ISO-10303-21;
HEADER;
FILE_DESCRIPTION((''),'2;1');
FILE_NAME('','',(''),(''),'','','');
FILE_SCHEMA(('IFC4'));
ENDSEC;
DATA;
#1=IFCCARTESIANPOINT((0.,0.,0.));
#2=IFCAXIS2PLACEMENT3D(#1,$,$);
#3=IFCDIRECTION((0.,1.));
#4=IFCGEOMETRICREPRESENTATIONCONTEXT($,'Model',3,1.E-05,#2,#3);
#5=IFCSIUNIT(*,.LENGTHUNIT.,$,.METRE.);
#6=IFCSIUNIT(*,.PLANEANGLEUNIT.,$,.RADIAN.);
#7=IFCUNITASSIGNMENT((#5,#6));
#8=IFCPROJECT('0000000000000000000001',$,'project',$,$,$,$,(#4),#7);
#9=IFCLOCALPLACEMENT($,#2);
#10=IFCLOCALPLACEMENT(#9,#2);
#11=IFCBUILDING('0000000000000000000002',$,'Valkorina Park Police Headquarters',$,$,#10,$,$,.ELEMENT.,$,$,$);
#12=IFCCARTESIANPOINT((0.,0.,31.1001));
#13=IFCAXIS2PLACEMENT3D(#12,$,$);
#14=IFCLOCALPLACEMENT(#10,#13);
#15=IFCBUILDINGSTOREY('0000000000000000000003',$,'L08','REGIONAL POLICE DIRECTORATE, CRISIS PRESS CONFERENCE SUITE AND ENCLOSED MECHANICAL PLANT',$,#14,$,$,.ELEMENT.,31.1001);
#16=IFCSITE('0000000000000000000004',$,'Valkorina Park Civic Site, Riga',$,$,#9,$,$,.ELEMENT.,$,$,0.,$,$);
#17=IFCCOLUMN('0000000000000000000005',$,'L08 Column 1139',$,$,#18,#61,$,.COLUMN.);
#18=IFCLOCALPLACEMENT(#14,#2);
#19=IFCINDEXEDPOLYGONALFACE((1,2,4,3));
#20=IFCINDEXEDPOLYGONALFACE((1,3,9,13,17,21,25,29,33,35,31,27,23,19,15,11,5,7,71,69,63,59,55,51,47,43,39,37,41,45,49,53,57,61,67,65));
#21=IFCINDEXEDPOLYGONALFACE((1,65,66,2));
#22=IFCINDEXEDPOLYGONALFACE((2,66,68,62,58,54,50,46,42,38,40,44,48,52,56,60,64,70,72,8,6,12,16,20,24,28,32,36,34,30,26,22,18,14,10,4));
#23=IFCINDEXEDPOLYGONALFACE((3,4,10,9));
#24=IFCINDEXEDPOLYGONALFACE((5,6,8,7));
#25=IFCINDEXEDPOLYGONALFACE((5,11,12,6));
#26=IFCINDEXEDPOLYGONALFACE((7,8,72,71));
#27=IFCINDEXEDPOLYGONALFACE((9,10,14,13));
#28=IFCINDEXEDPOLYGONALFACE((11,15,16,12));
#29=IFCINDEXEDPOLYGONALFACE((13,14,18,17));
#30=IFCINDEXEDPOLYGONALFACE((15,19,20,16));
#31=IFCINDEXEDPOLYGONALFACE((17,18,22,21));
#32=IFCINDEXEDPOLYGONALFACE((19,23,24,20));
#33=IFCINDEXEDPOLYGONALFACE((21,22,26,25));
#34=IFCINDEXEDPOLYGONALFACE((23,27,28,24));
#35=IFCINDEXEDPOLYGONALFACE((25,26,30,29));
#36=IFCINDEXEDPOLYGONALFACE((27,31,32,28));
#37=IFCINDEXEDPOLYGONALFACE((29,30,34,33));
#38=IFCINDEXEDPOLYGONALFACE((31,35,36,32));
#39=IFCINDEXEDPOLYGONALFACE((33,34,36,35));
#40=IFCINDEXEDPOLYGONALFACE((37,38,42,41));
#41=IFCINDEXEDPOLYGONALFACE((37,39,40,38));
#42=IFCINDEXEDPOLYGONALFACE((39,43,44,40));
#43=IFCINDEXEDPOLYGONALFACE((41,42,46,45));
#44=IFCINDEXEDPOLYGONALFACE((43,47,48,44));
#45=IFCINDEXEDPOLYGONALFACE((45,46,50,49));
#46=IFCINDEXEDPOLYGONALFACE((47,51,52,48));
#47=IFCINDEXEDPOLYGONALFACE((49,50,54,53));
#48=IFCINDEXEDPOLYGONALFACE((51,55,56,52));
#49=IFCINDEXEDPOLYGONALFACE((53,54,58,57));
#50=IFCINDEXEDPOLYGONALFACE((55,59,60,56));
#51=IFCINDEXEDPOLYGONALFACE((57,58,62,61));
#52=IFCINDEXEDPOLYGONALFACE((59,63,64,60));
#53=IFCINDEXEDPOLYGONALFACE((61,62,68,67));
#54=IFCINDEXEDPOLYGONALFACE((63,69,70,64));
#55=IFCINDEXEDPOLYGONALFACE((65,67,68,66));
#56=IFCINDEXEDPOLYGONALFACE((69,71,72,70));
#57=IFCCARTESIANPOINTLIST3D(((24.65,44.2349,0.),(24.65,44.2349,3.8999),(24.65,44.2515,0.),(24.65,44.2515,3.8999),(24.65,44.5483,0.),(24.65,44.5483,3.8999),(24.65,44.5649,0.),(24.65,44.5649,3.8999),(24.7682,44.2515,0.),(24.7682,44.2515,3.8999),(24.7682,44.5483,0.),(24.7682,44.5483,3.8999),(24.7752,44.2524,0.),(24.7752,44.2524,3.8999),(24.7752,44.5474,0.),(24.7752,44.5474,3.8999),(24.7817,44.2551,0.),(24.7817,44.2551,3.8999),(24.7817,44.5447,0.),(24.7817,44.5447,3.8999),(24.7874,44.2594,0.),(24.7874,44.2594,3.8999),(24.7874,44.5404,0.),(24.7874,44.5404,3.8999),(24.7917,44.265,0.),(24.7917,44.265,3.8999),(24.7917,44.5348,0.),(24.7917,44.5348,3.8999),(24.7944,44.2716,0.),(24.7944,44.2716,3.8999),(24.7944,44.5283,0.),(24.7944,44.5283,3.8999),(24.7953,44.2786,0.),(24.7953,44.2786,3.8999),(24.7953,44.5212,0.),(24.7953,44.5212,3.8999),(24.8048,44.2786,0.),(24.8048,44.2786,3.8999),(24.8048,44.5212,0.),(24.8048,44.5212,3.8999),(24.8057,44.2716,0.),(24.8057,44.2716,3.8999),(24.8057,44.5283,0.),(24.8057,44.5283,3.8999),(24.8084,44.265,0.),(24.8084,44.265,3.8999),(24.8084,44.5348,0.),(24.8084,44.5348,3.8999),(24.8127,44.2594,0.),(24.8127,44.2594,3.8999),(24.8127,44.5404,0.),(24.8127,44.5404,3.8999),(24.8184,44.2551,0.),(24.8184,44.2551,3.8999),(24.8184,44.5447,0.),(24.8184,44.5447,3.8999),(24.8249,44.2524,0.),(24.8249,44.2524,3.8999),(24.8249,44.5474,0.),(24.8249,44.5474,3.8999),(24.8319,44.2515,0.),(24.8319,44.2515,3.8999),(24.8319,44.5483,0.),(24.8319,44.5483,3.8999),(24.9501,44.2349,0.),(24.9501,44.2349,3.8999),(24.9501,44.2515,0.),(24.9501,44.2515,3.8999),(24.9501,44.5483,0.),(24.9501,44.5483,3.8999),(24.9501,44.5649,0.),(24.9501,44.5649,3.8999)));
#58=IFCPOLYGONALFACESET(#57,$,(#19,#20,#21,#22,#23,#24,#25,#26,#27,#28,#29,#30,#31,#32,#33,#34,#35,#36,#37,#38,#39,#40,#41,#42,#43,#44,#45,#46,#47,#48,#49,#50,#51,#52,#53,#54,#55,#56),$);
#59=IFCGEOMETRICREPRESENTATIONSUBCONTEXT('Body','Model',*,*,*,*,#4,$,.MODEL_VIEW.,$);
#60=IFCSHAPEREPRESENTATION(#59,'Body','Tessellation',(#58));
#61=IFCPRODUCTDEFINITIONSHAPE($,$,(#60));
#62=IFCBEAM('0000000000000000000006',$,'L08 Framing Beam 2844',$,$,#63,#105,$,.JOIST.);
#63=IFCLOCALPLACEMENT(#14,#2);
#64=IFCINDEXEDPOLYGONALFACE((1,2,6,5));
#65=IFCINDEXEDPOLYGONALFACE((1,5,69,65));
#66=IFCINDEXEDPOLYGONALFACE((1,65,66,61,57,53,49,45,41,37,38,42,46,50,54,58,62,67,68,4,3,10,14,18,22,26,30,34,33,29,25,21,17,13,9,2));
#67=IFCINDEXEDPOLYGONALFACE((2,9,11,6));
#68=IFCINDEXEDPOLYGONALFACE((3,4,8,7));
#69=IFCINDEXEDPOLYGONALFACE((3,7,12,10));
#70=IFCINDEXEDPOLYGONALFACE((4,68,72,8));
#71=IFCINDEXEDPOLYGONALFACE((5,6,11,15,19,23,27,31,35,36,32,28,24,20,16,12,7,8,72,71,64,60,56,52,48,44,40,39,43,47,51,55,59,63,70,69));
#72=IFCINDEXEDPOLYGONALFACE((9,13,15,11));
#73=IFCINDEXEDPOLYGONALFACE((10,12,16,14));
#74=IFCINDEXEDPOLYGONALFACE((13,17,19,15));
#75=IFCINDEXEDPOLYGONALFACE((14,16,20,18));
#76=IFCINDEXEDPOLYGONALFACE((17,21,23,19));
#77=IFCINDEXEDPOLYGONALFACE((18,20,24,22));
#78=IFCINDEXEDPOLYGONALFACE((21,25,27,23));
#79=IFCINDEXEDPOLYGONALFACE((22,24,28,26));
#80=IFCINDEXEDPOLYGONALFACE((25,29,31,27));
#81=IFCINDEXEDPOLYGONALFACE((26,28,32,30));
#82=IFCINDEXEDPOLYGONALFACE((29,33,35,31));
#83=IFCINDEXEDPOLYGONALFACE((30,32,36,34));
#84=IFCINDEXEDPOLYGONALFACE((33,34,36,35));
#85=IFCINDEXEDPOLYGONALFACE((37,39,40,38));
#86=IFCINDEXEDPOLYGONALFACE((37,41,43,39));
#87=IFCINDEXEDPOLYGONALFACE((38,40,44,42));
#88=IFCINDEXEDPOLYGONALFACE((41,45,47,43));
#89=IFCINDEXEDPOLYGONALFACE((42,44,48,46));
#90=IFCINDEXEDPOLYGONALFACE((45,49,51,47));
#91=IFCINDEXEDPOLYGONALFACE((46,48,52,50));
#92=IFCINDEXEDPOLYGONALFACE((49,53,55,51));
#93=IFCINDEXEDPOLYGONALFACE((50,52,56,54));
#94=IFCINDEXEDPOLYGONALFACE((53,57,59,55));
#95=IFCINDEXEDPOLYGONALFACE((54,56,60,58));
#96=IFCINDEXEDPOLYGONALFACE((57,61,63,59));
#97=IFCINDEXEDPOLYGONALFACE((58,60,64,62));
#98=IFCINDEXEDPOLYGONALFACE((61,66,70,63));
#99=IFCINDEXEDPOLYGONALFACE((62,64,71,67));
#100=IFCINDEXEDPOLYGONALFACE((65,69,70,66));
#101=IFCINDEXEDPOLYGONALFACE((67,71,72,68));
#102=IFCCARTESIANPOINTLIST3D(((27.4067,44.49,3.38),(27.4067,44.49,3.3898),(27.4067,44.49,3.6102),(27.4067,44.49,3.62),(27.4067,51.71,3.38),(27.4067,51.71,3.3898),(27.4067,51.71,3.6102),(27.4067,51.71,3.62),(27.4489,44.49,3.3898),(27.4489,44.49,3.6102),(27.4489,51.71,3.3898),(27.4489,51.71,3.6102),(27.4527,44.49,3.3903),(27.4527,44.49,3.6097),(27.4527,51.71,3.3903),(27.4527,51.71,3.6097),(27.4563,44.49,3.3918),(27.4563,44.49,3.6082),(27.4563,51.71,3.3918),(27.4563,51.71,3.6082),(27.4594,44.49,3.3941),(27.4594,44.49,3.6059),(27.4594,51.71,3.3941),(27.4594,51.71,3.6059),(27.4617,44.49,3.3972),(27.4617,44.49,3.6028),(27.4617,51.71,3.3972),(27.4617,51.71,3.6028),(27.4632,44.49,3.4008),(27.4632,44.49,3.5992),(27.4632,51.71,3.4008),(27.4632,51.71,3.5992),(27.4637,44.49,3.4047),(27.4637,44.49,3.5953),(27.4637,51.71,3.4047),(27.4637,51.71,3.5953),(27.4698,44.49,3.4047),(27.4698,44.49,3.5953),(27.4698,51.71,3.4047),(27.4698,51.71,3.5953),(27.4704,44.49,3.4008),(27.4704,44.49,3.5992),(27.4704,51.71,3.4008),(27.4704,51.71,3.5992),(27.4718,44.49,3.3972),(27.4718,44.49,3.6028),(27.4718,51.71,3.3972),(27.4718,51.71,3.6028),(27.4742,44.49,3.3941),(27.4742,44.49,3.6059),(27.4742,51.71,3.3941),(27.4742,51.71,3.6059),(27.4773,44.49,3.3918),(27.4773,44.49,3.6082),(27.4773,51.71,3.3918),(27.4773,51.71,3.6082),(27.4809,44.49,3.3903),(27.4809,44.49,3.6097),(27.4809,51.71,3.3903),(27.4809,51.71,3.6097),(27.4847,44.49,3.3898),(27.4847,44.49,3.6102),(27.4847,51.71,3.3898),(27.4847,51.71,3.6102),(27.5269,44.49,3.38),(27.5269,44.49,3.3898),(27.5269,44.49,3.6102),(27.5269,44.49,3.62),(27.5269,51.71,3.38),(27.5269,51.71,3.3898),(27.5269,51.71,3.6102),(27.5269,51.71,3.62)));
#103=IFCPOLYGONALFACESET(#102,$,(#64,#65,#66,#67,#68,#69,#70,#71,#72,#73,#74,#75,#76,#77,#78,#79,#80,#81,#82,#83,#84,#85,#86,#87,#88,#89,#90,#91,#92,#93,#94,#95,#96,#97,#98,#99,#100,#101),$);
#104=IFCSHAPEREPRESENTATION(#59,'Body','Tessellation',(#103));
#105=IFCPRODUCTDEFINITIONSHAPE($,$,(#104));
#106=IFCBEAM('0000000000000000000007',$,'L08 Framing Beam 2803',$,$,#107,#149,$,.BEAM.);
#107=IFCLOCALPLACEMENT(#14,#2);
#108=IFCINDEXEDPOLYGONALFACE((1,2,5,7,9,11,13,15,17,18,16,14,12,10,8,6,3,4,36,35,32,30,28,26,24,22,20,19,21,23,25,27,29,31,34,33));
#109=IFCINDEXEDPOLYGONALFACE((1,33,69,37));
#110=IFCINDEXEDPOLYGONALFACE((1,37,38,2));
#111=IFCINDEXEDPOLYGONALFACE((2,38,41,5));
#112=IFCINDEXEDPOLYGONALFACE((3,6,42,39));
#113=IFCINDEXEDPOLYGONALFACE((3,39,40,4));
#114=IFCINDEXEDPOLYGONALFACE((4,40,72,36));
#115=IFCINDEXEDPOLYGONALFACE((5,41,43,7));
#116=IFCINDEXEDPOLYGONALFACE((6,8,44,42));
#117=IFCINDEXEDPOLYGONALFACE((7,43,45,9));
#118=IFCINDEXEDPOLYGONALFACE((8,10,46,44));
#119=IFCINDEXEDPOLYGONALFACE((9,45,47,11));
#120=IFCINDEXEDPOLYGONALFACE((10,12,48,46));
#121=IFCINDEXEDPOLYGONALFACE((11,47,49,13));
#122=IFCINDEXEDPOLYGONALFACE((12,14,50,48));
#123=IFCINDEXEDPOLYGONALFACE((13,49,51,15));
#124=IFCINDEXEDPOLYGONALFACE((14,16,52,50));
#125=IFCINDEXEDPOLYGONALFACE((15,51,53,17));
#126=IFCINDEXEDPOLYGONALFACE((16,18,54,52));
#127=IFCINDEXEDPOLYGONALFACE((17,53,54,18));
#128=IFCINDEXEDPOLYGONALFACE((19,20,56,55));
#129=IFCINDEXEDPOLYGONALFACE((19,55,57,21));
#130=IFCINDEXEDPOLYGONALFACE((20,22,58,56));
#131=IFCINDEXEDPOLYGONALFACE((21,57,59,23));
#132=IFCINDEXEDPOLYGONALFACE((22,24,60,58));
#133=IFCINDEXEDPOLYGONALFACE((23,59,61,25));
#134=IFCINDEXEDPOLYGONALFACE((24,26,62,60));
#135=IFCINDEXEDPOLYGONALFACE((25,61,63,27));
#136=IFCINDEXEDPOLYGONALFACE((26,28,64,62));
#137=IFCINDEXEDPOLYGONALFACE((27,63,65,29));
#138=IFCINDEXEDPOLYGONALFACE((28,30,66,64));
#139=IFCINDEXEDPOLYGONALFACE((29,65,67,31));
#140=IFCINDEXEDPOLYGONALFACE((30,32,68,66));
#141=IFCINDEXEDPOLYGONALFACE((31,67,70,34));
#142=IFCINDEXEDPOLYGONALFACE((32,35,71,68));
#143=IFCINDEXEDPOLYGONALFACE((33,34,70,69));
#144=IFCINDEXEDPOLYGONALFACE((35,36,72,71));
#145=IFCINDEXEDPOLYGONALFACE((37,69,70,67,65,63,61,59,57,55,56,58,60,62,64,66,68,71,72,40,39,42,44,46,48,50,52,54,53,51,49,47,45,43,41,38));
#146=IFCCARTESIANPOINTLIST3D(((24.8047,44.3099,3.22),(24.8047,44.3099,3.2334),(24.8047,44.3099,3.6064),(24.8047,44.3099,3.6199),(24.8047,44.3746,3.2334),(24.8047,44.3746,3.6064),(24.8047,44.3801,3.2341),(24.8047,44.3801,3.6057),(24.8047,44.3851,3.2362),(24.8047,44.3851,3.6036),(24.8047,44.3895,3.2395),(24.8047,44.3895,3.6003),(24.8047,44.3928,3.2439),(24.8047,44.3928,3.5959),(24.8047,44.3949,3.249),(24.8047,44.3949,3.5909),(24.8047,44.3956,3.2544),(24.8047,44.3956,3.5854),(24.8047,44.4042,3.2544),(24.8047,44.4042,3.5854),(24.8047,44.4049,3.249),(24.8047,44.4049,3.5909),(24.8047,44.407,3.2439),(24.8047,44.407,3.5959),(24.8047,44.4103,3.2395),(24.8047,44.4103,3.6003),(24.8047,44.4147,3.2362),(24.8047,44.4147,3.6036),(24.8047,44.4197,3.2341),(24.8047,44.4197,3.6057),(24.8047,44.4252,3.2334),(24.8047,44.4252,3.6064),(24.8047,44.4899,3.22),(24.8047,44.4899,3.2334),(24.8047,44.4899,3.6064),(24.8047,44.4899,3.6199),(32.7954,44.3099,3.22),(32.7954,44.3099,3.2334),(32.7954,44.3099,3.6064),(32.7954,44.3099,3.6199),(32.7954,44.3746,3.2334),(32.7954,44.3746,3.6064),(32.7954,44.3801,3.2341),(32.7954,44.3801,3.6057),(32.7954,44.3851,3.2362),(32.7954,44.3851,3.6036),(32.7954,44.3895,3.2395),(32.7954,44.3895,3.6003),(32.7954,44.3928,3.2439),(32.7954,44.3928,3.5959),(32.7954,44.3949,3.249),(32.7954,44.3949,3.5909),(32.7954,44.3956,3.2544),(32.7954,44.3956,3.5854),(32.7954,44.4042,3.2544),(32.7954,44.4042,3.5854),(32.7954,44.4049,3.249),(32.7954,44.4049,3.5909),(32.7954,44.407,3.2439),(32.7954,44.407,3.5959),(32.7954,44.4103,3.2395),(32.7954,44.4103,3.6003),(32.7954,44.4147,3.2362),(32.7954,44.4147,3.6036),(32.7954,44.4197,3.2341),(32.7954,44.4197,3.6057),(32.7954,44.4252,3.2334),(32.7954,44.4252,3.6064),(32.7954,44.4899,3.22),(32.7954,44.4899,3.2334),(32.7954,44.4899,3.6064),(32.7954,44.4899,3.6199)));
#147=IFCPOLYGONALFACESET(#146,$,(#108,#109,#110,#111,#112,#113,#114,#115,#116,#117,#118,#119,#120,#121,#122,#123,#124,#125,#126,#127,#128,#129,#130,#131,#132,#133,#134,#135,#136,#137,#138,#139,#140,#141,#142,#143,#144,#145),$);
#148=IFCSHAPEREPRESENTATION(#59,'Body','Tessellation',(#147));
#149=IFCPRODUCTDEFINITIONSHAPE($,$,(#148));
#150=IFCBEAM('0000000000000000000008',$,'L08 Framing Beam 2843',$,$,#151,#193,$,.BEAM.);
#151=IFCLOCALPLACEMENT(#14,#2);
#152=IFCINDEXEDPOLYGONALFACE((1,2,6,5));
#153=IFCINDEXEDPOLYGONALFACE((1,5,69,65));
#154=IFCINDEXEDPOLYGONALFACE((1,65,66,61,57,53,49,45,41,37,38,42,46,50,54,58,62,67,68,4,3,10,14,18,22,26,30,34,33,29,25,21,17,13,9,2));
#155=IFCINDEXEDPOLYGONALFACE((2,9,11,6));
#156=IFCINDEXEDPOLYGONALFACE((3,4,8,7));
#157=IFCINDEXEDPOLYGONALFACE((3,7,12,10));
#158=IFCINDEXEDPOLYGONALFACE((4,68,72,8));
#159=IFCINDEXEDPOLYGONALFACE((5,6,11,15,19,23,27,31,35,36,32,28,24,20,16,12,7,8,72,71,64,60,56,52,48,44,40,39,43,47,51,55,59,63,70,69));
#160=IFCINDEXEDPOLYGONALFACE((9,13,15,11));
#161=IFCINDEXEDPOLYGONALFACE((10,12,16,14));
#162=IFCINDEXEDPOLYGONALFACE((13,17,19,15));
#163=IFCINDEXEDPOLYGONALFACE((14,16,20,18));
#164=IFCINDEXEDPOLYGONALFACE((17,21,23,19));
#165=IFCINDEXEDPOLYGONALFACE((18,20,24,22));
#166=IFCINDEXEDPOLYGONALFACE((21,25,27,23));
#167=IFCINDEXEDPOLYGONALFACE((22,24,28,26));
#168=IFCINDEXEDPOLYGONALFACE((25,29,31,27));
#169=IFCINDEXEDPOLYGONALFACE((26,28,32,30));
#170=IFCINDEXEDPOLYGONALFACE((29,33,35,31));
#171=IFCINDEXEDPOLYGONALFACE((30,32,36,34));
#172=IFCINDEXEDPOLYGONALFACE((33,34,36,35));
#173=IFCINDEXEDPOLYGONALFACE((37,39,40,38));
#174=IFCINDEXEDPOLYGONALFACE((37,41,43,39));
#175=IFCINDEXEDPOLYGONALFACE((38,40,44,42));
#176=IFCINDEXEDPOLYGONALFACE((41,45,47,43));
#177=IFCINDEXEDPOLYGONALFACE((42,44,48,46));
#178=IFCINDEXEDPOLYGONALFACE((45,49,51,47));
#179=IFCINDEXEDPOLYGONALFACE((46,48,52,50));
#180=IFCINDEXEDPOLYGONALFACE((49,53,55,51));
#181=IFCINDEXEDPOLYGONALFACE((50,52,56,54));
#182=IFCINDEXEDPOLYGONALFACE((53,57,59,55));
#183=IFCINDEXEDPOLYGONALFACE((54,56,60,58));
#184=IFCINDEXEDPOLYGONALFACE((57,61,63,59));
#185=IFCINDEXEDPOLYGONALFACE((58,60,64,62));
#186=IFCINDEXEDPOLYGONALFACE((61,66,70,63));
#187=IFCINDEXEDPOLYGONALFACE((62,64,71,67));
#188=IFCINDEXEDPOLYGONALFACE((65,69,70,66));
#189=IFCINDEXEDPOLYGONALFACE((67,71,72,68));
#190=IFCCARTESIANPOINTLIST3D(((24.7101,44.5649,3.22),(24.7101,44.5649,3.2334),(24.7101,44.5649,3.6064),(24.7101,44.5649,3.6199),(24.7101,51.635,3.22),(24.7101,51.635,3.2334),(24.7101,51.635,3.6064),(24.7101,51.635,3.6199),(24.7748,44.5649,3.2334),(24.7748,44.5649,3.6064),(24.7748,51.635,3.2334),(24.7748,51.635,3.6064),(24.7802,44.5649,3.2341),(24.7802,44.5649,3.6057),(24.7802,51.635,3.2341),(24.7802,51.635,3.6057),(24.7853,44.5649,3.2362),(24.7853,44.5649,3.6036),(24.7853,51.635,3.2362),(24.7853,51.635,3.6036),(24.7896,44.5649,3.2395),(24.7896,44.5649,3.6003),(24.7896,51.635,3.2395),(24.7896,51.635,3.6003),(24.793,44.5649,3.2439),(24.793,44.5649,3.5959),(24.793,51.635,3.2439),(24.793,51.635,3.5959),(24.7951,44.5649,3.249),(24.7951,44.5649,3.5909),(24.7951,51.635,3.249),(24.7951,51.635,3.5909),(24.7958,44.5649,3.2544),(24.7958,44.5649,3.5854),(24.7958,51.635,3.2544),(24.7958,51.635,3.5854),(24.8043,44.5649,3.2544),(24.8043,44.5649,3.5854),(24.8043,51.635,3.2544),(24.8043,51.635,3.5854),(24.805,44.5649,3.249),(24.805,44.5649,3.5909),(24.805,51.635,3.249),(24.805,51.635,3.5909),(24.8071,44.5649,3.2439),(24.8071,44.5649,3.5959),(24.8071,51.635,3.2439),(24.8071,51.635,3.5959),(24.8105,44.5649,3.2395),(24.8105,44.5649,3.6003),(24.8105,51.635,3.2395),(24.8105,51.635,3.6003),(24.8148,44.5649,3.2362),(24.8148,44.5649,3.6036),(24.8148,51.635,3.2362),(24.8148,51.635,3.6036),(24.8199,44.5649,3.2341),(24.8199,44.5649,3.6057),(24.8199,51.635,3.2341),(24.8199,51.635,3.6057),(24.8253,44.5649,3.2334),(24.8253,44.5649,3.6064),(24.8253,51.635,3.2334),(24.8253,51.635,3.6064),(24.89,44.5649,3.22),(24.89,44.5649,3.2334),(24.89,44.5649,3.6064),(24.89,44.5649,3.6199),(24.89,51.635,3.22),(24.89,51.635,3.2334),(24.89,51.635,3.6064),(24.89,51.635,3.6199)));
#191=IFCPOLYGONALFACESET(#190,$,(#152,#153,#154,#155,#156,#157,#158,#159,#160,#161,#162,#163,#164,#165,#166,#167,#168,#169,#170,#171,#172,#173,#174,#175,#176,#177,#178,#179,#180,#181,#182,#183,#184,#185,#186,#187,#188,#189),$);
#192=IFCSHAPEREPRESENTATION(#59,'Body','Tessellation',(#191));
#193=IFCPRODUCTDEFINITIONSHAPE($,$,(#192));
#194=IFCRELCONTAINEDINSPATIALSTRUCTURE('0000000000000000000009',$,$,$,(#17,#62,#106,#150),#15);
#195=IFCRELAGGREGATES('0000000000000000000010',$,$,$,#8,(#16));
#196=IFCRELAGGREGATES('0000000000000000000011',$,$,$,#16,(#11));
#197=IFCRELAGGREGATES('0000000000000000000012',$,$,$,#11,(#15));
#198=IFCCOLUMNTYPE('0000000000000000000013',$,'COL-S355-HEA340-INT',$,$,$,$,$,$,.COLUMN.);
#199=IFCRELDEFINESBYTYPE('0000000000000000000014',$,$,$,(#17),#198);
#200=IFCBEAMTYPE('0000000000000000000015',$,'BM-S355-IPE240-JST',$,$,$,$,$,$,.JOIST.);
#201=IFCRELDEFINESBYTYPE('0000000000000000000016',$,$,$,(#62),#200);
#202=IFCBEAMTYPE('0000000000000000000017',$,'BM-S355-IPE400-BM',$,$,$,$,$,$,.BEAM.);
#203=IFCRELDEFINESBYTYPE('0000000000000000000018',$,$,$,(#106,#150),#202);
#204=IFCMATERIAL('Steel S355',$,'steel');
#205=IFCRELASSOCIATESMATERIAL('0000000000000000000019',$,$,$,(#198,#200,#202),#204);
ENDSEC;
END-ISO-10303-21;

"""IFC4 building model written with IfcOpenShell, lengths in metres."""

from ifc_helpers import new_model, si_unit, direction, frame, origin, origin_2d, place, context, subcontext, project, spatial, i_section, extrude, material, material_profile, profile_set, type_object, element, save


model = new_model("IFC4")

# Units and contexts
model_context = context("Model", 3, precision=1e-05, world=origin(), true_north=direction((0.0, 1.0)))
body_context = subcontext(model_context, "Body", "Model", "MODEL_VIEW")
ifc_project = project(units=[si_unit("LENGTHUNIT", "METRE"), si_unit("PLANEANGLEUNIT", "RADIAN")], contexts=[model_context])

# Site, building, storey
site_placement = place(None, origin())
site = spatial("IfcSite", under=ifc_project, at=site_placement, Name="Valkorina Park Civic Site, Riga", CompositionType="ELEMENT", RefElevation=0.0)
building_placement = place(site_placement, origin())
building = spatial("IfcBuilding", under=site, at=building_placement, Name="Valkorina Park Police Headquarters", CompositionType="ELEMENT")
storey_placement = place(building_placement, frame((0.0, 0.0, 31.1001)))
storey = spatial("IfcBuildingStorey", under=building, at=storey_placement, Name="L08", Description="REGIONAL POLICE DIRECTORATE, CRISIS PRESS CONFERENCE SUITE AND ENCLOSED MECHANICAL PLANT", CompositionType="ELEMENT", Elevation=31.1001)

# Column
ifc_material_1 = material(Name="Steel S355", Category="steel")
ifc_material_profile_1 = material_profile(ifc_material_1, i_section(OverallWidth=0.3, OverallDepth=0.3301, WebThickness=0.0095, FlangeThickness=0.0166, FilletRadius=0.0271, at=origin_2d()), Name="HEA 340")
ifc_profile_set_1 = profile_set([ifc_material_profile_1], Name="Steel S355")
column_type = type_object("IfcColumnType", Name="COL-S355-HEA340-INT", PredefinedType="COLUMN", material=ifc_profile_set_1)
column_placement = place(storey_placement, frame((24.8, 44.3999, 0.0), z_axis=(0.0, 0.0, 1.0), x_axis=(1.0, 0.0, 0.0)))
element("IfcColumn", 1, at=column_placement, inside=storey, type_object=column_type, Name="L08 Column 1139", PredefinedType="COLUMN", context=body_context, shape_type="SweptSolid", body=[
    extrude(i_section(OverallWidth=0.3, OverallDepth=0.3301, WebThickness=0.0095, FlangeThickness=0.0166, FilletRadius=0.0271, at=origin_2d()), origin(), (0.0, 0.0, 1.0), 3.8999),
])

# Beams
ifc_material_profile_2 = material_profile(ifc_material_1, i_section(OverallWidth=0.1201, OverallDepth=0.24, WebThickness=0.0061, FlangeThickness=0.0098, FilletRadius=0.0149, at=origin_2d()), Name="IPE 240")
ifc_profile_set_2 = profile_set([ifc_material_profile_2], Name="Steel S355")
beam_type_1 = type_object("IfcBeamType", Name="BM-S355-IPE240-JST", PredefinedType="JOIST", material=ifc_profile_set_2)
beam_1_placement = place(storey_placement, frame((27.4668, 44.49, 3.5), z_axis=(0.0, 1.0, 0.0), x_axis=(-1.0, 0.0, 0.0)))
element("IfcBeam", 2, at=beam_1_placement, inside=storey, type_object=beam_type_1, Name="L08 Framing Beam 2844", PredefinedType="JOIST", context=body_context, shape_type="SweptSolid", body=[
    extrude(i_section(OverallWidth=0.1201, OverallDepth=0.24, WebThickness=0.0061, FlangeThickness=0.0098, FilletRadius=0.0149, at=origin_2d()), origin(), (0.0, 0.0, 1.0), 7.22),
])
ifc_material_profile_3 = material_profile(ifc_material_1, i_section(OverallWidth=0.1799, OverallDepth=0.3999, WebThickness=0.0085, FlangeThickness=0.0134, FilletRadius=0.021, at=origin_2d()), Name="IPE 400")
ifc_profile_set_3 = profile_set([ifc_material_profile_3], Name="Steel S355")
beam_type_2 = type_object("IfcBeamType", Name="BM-S355-IPE400-BM", PredefinedType="BEAM", material=ifc_profile_set_3)
beam_2_placement = place(storey_placement, frame((24.8047, 44.3999, 3.4199), z_axis=(1.0, 0.0, 0.0), x_axis=(0.0, 1.0, 0.0)))
element("IfcBeam", 3, at=beam_2_placement, inside=storey, type_object=beam_type_2, Name="L08 Framing Beam 2803", PredefinedType="BEAM", context=body_context, shape_type="SweptSolid", body=[
    extrude(i_section(OverallWidth=0.1799, OverallDepth=0.3999, WebThickness=0.0085, FlangeThickness=0.0134, FilletRadius=0.021, at=origin_2d()), origin(), (0.0, 0.0, 1.0), 7.9907),
])
beam_3_placement = place(storey_placement, frame((24.8, 44.5649, 3.4199), z_axis=(0.0, 1.0, 0.0), x_axis=(-1.0, 0.0, 0.0)))
element("IfcBeam", 4, at=beam_3_placement, inside=storey, type_object=beam_type_2, Name="L08 Framing Beam 2843", PredefinedType="BEAM", context=body_context, shape_type="SweptSolid", body=[
    extrude(i_section(OverallWidth=0.1799, OverallDepth=0.3999, WebThickness=0.0085, FlangeThickness=0.0134, FilletRadius=0.021, at=origin_2d()), origin(), (0.0, 0.0, 1.0), 7.0701),
])

save(model, "model.ifc")
